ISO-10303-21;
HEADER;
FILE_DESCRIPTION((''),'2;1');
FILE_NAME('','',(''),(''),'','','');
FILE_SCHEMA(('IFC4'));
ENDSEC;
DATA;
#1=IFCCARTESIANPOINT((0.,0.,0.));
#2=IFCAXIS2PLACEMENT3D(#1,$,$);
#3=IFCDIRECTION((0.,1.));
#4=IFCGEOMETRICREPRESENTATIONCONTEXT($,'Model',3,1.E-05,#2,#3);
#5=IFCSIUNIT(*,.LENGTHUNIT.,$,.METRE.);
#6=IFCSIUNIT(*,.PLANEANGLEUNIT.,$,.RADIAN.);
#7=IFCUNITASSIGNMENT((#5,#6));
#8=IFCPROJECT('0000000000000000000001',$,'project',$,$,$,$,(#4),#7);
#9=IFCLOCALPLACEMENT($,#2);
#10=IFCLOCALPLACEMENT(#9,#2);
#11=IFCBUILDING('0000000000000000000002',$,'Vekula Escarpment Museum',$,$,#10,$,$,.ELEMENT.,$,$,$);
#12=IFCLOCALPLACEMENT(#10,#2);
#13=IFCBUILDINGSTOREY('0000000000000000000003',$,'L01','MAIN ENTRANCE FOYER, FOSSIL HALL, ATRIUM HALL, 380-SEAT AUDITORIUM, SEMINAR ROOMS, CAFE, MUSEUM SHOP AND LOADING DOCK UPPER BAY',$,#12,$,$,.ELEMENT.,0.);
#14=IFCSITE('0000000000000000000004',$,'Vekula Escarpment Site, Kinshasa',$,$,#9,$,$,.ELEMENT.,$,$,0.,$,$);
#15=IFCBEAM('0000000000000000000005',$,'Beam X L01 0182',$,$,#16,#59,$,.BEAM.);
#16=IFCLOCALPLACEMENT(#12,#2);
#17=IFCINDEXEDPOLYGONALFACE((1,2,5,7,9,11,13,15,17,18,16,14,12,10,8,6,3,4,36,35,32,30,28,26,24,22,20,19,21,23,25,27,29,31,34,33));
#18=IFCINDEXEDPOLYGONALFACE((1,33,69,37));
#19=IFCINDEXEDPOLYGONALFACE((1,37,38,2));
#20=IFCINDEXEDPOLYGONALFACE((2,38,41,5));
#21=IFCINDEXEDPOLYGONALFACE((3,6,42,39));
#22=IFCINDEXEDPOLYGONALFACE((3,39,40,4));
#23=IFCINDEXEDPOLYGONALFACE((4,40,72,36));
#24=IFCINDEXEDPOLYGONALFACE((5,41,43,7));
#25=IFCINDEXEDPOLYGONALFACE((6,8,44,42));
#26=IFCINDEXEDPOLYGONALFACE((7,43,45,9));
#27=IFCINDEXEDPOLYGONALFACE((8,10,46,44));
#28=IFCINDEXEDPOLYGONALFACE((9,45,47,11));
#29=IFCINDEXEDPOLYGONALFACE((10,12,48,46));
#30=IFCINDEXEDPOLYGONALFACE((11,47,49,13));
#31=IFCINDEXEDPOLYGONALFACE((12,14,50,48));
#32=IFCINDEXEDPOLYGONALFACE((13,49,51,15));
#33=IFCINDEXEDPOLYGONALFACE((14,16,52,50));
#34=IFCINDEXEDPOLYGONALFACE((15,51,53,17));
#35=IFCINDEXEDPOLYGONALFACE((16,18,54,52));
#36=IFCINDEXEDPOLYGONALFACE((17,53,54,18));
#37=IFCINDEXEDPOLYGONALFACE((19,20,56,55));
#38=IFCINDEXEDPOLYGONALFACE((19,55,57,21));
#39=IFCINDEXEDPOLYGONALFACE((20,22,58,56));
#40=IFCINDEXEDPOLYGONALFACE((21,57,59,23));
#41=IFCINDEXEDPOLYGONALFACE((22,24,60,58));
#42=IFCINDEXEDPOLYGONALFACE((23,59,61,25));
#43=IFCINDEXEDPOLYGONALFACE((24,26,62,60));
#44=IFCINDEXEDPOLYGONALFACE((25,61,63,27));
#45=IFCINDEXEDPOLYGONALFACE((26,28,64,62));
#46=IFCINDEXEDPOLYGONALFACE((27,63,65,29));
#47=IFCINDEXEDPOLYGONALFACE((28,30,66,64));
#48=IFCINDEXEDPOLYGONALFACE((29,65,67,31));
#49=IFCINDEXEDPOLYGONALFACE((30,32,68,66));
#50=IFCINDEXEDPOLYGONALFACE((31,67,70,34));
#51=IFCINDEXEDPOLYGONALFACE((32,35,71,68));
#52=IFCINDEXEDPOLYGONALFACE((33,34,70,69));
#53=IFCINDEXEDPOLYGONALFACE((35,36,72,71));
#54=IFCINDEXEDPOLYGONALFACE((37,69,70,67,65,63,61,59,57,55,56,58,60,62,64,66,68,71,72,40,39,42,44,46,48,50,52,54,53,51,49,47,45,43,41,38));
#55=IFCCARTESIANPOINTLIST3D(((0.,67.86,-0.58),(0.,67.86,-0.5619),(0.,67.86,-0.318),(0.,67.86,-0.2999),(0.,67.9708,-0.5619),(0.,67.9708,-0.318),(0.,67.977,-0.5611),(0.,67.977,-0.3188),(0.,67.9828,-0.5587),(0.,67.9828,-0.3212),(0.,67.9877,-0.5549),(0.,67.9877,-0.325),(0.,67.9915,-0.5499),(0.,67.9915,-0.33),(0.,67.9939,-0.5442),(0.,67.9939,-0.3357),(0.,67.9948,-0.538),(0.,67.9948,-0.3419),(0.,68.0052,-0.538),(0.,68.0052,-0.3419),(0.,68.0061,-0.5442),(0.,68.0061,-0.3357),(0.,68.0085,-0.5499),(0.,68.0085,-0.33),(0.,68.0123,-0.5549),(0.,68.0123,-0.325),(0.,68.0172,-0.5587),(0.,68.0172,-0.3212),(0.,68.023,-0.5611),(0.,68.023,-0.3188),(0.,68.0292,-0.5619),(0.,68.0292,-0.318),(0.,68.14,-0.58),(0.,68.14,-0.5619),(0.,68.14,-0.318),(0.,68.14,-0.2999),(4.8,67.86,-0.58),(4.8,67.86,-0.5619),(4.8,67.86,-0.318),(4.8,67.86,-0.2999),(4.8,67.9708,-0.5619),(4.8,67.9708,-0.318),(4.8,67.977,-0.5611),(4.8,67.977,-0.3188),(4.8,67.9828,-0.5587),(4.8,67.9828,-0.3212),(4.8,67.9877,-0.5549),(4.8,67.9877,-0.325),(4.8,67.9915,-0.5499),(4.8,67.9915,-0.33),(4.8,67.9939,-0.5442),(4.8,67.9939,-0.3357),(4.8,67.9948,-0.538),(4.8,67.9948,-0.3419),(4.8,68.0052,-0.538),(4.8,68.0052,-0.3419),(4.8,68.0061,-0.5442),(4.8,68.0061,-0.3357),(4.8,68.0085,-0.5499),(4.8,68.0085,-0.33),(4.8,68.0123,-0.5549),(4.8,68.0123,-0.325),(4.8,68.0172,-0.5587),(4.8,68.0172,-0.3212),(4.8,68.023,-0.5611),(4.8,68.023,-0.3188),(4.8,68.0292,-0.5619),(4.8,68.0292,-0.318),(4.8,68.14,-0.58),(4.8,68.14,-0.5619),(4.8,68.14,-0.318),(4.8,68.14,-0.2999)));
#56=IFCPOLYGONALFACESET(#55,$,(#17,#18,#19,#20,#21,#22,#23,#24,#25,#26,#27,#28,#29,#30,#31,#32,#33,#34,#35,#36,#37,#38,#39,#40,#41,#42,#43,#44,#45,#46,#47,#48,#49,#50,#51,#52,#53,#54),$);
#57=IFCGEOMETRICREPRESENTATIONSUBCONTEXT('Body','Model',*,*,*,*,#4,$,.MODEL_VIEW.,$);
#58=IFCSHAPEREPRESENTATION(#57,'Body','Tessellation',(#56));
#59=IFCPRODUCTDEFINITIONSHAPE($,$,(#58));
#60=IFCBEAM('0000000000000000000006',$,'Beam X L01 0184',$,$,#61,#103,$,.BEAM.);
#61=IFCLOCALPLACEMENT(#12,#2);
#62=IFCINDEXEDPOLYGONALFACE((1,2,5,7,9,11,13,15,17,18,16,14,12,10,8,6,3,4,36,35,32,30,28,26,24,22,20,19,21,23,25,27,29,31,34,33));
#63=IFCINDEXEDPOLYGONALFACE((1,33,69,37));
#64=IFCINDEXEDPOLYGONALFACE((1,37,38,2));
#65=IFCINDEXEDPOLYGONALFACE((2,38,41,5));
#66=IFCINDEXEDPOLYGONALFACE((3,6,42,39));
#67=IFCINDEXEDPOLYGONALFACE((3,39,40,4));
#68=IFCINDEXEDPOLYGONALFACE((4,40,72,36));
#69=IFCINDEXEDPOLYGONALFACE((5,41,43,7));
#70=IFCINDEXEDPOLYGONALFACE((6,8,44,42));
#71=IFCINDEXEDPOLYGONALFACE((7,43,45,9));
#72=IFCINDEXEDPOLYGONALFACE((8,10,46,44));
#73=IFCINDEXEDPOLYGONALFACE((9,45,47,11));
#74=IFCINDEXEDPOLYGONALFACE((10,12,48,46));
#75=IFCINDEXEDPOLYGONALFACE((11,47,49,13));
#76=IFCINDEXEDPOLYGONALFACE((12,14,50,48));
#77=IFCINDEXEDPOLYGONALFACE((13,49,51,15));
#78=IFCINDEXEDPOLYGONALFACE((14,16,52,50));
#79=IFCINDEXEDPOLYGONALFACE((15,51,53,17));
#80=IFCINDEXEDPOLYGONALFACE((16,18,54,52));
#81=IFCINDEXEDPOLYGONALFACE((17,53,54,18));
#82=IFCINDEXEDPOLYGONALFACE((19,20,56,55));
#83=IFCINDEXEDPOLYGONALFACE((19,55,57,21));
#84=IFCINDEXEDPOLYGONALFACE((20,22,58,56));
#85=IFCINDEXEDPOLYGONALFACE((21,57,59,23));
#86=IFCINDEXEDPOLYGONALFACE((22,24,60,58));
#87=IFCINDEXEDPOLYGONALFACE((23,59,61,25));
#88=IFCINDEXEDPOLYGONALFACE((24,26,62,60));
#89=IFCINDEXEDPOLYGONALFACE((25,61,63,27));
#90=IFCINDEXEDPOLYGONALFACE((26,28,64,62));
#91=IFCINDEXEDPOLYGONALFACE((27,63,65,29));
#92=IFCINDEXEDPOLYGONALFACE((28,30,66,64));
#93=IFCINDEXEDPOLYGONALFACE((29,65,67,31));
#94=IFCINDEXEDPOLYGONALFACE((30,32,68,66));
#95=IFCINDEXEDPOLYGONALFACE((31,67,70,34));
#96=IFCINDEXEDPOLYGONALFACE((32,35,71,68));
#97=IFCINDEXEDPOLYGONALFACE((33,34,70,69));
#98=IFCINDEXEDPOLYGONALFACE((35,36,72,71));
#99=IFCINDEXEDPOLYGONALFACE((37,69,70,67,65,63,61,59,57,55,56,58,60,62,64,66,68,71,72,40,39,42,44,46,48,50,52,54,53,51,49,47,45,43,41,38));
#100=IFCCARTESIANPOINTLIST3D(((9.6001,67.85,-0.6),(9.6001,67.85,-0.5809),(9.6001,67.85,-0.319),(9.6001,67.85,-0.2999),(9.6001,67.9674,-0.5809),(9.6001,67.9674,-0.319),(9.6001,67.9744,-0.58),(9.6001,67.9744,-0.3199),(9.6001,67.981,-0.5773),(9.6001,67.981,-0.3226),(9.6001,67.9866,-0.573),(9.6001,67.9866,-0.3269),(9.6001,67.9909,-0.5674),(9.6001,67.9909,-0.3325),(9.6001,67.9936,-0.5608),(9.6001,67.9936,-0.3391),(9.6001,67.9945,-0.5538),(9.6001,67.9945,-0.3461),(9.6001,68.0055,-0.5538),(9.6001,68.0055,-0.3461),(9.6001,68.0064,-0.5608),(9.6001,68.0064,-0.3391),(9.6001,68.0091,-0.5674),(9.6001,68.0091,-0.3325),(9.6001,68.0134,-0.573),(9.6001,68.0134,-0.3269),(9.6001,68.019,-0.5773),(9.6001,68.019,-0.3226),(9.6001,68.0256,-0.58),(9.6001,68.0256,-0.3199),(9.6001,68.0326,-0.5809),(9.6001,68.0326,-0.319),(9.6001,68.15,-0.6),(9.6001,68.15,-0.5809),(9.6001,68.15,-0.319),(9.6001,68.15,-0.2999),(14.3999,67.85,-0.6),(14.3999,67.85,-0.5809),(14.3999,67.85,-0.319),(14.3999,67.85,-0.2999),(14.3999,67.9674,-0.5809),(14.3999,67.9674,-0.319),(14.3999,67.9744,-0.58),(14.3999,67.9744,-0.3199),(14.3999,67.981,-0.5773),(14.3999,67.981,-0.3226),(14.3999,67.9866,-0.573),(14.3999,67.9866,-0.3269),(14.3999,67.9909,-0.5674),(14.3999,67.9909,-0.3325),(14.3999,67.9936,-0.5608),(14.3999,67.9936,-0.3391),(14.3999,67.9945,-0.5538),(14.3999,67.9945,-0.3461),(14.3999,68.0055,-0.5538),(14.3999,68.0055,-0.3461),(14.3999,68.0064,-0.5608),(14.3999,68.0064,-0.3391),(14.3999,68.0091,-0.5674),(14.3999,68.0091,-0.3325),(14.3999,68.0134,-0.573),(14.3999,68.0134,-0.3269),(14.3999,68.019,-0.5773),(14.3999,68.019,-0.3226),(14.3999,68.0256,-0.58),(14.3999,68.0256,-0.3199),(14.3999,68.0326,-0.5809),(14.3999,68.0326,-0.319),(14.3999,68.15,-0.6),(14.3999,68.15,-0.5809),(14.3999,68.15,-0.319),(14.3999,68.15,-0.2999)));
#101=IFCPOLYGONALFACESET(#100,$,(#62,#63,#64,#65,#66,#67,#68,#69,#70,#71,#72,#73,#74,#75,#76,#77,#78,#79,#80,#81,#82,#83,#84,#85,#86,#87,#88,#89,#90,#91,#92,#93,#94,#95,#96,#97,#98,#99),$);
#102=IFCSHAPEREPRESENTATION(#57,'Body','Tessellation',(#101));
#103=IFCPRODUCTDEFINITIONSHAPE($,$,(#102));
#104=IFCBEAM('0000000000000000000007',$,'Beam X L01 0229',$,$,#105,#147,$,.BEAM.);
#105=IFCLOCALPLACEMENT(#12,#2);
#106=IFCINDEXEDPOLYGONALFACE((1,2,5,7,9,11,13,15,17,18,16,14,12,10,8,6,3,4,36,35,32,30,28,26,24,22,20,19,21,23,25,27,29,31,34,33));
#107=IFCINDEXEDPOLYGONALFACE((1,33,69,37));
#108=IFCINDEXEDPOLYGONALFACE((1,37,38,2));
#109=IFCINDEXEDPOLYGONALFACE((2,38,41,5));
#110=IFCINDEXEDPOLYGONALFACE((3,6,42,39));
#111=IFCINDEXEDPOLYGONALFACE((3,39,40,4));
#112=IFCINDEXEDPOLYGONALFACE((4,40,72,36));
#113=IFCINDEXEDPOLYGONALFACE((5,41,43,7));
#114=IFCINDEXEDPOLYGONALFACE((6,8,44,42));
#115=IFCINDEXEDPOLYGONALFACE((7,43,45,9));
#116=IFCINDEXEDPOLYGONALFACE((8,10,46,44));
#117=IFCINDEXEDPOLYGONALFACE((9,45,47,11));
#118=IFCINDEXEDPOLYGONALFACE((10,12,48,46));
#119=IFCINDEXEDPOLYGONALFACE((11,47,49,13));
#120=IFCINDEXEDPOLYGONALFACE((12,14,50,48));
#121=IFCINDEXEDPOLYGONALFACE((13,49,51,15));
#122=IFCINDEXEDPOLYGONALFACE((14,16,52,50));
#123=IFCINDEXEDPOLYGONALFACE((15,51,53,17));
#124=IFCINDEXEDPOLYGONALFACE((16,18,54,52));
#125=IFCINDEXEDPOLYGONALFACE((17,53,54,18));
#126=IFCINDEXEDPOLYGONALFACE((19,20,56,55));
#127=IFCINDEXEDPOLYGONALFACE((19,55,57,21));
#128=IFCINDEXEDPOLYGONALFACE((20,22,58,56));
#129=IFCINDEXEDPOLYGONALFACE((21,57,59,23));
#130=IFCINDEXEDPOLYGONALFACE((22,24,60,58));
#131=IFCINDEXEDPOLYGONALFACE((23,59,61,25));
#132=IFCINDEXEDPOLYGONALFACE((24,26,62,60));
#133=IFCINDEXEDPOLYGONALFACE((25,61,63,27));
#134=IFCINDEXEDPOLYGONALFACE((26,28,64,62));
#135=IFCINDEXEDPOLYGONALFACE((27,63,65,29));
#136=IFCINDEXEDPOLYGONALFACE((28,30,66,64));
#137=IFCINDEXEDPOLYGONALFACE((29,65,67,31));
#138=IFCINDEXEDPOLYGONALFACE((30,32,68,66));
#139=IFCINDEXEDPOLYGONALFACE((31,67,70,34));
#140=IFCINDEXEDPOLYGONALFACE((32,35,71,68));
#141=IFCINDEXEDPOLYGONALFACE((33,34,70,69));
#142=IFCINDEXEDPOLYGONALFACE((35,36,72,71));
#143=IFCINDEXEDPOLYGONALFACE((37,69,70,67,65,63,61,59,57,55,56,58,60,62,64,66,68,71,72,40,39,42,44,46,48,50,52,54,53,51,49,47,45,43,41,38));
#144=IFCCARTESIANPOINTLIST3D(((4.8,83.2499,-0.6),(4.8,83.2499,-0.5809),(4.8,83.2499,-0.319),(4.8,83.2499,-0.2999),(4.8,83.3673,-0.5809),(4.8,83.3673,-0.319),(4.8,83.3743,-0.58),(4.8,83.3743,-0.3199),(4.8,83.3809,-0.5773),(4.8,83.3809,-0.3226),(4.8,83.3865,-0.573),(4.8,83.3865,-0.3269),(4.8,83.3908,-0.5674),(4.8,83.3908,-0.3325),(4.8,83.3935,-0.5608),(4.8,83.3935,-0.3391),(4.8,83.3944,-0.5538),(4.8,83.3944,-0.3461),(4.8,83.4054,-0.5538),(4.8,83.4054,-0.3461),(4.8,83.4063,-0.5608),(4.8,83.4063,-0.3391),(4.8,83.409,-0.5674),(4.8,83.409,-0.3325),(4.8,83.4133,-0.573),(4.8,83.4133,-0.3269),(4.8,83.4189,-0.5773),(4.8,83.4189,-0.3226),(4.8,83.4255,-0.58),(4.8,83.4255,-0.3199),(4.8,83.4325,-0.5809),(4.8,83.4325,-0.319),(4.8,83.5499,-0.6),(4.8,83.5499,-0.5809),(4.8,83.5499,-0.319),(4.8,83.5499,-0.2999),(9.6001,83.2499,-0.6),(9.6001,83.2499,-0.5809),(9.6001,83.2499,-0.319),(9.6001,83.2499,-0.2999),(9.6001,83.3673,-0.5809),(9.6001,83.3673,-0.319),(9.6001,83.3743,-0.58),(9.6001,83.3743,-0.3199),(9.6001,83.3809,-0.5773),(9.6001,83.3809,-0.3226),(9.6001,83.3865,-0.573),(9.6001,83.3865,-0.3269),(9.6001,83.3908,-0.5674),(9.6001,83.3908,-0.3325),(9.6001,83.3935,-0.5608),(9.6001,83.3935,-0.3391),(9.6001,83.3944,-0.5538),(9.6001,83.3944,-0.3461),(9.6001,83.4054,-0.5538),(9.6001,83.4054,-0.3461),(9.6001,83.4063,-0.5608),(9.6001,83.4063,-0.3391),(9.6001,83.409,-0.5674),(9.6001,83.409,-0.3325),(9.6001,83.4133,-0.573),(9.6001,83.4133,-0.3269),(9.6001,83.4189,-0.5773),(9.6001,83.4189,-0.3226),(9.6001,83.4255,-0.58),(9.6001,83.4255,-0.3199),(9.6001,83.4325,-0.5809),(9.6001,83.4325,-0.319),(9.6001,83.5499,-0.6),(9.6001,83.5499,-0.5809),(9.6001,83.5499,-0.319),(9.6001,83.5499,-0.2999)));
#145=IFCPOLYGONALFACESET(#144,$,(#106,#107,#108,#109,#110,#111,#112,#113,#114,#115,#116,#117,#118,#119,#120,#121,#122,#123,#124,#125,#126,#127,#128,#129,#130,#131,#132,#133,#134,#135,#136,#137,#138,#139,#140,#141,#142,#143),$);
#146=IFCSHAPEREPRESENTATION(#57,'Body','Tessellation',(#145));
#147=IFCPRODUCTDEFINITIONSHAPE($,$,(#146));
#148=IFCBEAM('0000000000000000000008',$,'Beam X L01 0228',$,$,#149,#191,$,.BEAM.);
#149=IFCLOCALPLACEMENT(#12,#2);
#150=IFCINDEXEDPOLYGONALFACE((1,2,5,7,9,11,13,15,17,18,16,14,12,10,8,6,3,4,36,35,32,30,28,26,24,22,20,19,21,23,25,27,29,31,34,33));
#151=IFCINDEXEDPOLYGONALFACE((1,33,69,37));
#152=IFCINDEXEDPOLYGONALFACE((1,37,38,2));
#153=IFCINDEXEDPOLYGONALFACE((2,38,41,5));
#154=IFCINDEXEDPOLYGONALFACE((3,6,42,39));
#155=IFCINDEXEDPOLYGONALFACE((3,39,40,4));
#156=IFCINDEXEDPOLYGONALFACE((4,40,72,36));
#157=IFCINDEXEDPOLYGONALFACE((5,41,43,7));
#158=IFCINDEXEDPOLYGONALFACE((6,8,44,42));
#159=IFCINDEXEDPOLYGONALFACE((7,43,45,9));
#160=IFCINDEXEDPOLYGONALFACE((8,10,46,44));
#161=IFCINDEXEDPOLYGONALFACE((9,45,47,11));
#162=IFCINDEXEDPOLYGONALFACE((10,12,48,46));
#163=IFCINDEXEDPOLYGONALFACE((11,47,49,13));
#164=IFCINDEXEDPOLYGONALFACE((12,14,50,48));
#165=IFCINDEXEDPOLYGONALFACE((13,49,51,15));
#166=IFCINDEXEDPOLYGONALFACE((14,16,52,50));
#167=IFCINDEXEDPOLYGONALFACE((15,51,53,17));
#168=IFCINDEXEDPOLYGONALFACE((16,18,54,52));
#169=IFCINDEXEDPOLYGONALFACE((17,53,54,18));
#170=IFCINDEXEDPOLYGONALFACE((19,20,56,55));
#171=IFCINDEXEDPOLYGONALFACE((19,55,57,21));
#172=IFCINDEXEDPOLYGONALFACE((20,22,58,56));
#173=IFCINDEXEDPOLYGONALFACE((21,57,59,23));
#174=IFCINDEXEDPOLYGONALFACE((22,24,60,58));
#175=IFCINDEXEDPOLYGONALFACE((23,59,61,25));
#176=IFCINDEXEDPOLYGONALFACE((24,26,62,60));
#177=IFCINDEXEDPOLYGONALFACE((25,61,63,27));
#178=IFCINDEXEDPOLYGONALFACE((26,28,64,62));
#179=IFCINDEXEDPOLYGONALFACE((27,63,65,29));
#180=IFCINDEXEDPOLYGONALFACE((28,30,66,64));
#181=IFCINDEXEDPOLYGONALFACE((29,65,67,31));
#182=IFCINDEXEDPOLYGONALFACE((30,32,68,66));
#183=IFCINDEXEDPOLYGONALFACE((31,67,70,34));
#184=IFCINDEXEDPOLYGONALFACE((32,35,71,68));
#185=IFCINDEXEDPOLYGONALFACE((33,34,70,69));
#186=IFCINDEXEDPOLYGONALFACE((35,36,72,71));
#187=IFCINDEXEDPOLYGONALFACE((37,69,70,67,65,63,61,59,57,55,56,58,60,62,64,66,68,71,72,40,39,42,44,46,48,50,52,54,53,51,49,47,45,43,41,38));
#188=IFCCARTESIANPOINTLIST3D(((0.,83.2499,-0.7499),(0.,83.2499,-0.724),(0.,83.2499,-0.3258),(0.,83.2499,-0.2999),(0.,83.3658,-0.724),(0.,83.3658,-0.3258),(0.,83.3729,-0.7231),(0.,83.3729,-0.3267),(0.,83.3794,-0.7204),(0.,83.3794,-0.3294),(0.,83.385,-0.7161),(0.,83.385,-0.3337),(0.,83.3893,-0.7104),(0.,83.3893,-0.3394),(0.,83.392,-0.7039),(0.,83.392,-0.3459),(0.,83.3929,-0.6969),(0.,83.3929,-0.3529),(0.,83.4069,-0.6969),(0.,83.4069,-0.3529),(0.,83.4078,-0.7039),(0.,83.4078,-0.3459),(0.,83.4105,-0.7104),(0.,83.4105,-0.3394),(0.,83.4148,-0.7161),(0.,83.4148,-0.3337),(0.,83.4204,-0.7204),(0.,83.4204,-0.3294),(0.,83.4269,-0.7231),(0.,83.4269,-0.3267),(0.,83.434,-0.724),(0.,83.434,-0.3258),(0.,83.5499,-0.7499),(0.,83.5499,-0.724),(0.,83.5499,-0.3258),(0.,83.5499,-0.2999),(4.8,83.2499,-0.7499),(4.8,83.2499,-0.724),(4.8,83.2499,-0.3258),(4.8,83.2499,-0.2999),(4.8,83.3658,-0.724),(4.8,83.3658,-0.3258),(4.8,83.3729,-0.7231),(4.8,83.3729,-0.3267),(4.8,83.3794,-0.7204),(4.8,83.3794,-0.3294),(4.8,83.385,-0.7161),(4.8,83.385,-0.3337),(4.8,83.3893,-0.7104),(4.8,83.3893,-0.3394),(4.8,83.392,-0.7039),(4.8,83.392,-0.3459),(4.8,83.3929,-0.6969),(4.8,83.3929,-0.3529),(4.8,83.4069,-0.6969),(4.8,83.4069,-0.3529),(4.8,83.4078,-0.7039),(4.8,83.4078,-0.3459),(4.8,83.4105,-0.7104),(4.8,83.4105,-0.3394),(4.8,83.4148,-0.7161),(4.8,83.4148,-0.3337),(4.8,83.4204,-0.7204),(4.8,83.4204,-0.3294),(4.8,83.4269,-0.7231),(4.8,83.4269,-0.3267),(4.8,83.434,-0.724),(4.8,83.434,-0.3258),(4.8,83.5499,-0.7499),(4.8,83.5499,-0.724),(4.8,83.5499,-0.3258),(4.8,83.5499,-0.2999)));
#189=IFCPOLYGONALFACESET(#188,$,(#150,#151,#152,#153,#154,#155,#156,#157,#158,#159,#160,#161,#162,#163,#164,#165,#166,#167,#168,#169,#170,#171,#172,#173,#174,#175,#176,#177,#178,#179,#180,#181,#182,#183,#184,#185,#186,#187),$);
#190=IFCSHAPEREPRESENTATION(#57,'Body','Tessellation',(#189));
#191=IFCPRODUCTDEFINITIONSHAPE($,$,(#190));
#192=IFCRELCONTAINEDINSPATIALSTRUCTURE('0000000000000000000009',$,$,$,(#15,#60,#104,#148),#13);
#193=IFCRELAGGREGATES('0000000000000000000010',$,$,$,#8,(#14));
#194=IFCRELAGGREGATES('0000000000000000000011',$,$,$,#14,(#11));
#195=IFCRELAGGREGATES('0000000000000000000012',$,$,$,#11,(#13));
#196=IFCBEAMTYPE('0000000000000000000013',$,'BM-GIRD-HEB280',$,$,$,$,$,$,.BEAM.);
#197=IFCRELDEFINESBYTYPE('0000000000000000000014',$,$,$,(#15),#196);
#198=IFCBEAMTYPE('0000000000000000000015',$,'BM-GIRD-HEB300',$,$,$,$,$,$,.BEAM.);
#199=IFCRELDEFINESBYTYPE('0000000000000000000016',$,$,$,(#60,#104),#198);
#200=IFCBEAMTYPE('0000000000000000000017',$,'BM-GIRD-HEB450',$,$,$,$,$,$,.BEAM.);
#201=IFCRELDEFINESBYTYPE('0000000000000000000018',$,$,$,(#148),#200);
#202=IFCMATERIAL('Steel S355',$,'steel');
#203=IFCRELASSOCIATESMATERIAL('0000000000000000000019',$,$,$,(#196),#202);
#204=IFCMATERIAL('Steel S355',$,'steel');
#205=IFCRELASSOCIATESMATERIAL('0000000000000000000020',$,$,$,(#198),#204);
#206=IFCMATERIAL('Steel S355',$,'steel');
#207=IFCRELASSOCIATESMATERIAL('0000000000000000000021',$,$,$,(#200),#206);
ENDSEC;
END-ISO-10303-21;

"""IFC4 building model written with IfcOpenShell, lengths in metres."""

from ifc_helpers import new_model, si_unit, direction, frame, origin, origin_2d, place, context, subcontext, project, spatial, i_section, extrude, material, material_profile, profile_set, type_object, element, save


model = new_model("IFC4")

# Units and contexts
model_context = context("Model", 3, precision=1e-05, world=origin(), true_north=direction((0.0, 1.0)))
body_context = subcontext(model_context, "Body", "Model", "MODEL_VIEW")
ifc_project = project(units=[si_unit("LENGTHUNIT", "METRE"), si_unit("PLANEANGLEUNIT", "RADIAN")], contexts=[model_context])

# Site, building, storey
site_placement = place(None, origin())
site = spatial("IfcSite", under=ifc_project, at=site_placement, Name="Vekula Escarpment Site, Kinshasa", CompositionType="ELEMENT", RefElevation=0.0)
building_placement = place(site_placement, origin())
building = spatial("IfcBuilding", under=site, at=building_placement, Name="Vekula Escarpment Museum", CompositionType="ELEMENT")
storey_placement = place(building_placement, origin())
storey = spatial("IfcBuildingStorey", under=building, at=storey_placement, Name="L01", Description="MAIN ENTRANCE FOYER, FOSSIL HALL, ATRIUM HALL, 380-SEAT AUDITORIUM, SEMINAR ROOMS, CAFE, MUSEUM SHOP AND LOADING DOCK UPPER BAY", CompositionType="ELEMENT", Elevation=0.0)

# Beams
ifc_material_1 = material(Name="Steel S355", Category="steel")
ifc_material_profile_1 = material_profile(ifc_material_1, i_section(OverallWidth=0.28, OverallDepth=0.28, WebThickness=0.0105, FlangeThickness=0.0181, FilletRadius=0.0239, at=origin_2d()), Name="HEB 280")
ifc_profile_set_1 = profile_set([ifc_material_profile_1], Name="Steel S355")
beam_type_1 = type_object("IfcBeamType", Name="BM-GIRD-HEB280", PredefinedType="BEAM", material=ifc_profile_set_1)
beam_1_placement = place(storey_placement, frame((0.0, 68.0, -0.4399), z_axis=(1.0, 0.0, 0.0), x_axis=(0.0, 1.0, 0.0)))
element("IfcBeam", 1, at=beam_1_placement, inside=storey, type_object=beam_type_1, Name="Beam X L01 0182", PredefinedType="BEAM", context=body_context, shape_type="SweptSolid", body=[
    extrude(i_section(OverallWidth=0.28, OverallDepth=0.28, WebThickness=0.0105, FlangeThickness=0.0181, FilletRadius=0.0239, at=origin_2d()), origin(), (0.0, 0.0, 1.0), 4.8),
])
ifc_material_2 = material(Name="Steel S355", Category="steel")
ifc_material_profile_2 = material_profile(ifc_material_2, i_section(OverallWidth=0.3, OverallDepth=0.3, WebThickness=0.011, FlangeThickness=0.019, FilletRadius=0.0271, at=origin_2d()), Name="HEB 300")
ifc_profile_set_2 = profile_set([ifc_material_profile_2], Name="Steel S355")
beam_type_2 = type_object("IfcBeamType", Name="BM-GIRD-HEB300", PredefinedType="BEAM", material=ifc_profile_set_2)
beam_2_placement = place(storey_placement, frame((9.6001, 68.0, -0.45), z_axis=(1.0, 0.0, 0.0), x_axis=(0.0, 1.0, 0.0)))
element("IfcBeam", 2, at=beam_2_placement, inside=storey, type_object=beam_type_2, Name="Beam X L01 0184", PredefinedType="BEAM", context=body_context, shape_type="SweptSolid", body=[
    extrude(i_section(OverallWidth=0.3, OverallDepth=0.3, WebThickness=0.011, FlangeThickness=0.019, FilletRadius=0.0271, at=origin_2d()), origin(), (0.0, 0.0, 1.0), 4.7998),
])
beam_3_placement = place(storey_placement, frame((4.8, 83.3999, -0.45), z_axis=(1.0, 0.0, 0.0), x_axis=(0.0, 1.0, 0.0)))
element("IfcBeam", 3, at=beam_3_placement, inside=storey, type_object=beam_type_2, Name="Beam X L01 0229", PredefinedType="BEAM", context=body_context, shape_type="SweptSolid", body=[
    extrude(i_section(OverallWidth=0.3, OverallDepth=0.3, WebThickness=0.011, FlangeThickness=0.019, FilletRadius=0.0271, at=origin_2d()), origin(), (0.0, 0.0, 1.0), 4.8),
])
ifc_material_3 = material(Name="Steel S355", Category="steel")
ifc_material_profile_3 = material_profile(ifc_material_3, i_section(OverallWidth=0.3, OverallDepth=0.45, WebThickness=0.0139, FlangeThickness=0.0259, FilletRadius=0.0271, at=origin_2d()), Name="HEB 450")
ifc_profile_set_3 = profile_set([ifc_material_profile_3], Name="Steel S355")
beam_type_3 = type_object("IfcBeamType", Name="BM-GIRD-HEB450", PredefinedType="BEAM", material=ifc_profile_set_3)
beam_4_placement = place(storey_placement, frame((0.0, 83.3999, -0.5249), z_axis=(1.0, 0.0, 0.0), x_axis=(0.0, 1.0, 0.0)))
element("IfcBeam", 4, at=beam_4_placement, inside=storey, type_object=beam_type_3, Name="Beam X L01 0228", PredefinedType="BEAM", context=body_context, shape_type="SweptSolid", body=[
    extrude(i_section(OverallWidth=0.3, OverallDepth=0.45, WebThickness=0.0139, FlangeThickness=0.0259, FilletRadius=0.0271, at=origin_2d()), origin(), (0.0, 0.0, 1.0), 4.8),
])

save(model, "model.ifc")
